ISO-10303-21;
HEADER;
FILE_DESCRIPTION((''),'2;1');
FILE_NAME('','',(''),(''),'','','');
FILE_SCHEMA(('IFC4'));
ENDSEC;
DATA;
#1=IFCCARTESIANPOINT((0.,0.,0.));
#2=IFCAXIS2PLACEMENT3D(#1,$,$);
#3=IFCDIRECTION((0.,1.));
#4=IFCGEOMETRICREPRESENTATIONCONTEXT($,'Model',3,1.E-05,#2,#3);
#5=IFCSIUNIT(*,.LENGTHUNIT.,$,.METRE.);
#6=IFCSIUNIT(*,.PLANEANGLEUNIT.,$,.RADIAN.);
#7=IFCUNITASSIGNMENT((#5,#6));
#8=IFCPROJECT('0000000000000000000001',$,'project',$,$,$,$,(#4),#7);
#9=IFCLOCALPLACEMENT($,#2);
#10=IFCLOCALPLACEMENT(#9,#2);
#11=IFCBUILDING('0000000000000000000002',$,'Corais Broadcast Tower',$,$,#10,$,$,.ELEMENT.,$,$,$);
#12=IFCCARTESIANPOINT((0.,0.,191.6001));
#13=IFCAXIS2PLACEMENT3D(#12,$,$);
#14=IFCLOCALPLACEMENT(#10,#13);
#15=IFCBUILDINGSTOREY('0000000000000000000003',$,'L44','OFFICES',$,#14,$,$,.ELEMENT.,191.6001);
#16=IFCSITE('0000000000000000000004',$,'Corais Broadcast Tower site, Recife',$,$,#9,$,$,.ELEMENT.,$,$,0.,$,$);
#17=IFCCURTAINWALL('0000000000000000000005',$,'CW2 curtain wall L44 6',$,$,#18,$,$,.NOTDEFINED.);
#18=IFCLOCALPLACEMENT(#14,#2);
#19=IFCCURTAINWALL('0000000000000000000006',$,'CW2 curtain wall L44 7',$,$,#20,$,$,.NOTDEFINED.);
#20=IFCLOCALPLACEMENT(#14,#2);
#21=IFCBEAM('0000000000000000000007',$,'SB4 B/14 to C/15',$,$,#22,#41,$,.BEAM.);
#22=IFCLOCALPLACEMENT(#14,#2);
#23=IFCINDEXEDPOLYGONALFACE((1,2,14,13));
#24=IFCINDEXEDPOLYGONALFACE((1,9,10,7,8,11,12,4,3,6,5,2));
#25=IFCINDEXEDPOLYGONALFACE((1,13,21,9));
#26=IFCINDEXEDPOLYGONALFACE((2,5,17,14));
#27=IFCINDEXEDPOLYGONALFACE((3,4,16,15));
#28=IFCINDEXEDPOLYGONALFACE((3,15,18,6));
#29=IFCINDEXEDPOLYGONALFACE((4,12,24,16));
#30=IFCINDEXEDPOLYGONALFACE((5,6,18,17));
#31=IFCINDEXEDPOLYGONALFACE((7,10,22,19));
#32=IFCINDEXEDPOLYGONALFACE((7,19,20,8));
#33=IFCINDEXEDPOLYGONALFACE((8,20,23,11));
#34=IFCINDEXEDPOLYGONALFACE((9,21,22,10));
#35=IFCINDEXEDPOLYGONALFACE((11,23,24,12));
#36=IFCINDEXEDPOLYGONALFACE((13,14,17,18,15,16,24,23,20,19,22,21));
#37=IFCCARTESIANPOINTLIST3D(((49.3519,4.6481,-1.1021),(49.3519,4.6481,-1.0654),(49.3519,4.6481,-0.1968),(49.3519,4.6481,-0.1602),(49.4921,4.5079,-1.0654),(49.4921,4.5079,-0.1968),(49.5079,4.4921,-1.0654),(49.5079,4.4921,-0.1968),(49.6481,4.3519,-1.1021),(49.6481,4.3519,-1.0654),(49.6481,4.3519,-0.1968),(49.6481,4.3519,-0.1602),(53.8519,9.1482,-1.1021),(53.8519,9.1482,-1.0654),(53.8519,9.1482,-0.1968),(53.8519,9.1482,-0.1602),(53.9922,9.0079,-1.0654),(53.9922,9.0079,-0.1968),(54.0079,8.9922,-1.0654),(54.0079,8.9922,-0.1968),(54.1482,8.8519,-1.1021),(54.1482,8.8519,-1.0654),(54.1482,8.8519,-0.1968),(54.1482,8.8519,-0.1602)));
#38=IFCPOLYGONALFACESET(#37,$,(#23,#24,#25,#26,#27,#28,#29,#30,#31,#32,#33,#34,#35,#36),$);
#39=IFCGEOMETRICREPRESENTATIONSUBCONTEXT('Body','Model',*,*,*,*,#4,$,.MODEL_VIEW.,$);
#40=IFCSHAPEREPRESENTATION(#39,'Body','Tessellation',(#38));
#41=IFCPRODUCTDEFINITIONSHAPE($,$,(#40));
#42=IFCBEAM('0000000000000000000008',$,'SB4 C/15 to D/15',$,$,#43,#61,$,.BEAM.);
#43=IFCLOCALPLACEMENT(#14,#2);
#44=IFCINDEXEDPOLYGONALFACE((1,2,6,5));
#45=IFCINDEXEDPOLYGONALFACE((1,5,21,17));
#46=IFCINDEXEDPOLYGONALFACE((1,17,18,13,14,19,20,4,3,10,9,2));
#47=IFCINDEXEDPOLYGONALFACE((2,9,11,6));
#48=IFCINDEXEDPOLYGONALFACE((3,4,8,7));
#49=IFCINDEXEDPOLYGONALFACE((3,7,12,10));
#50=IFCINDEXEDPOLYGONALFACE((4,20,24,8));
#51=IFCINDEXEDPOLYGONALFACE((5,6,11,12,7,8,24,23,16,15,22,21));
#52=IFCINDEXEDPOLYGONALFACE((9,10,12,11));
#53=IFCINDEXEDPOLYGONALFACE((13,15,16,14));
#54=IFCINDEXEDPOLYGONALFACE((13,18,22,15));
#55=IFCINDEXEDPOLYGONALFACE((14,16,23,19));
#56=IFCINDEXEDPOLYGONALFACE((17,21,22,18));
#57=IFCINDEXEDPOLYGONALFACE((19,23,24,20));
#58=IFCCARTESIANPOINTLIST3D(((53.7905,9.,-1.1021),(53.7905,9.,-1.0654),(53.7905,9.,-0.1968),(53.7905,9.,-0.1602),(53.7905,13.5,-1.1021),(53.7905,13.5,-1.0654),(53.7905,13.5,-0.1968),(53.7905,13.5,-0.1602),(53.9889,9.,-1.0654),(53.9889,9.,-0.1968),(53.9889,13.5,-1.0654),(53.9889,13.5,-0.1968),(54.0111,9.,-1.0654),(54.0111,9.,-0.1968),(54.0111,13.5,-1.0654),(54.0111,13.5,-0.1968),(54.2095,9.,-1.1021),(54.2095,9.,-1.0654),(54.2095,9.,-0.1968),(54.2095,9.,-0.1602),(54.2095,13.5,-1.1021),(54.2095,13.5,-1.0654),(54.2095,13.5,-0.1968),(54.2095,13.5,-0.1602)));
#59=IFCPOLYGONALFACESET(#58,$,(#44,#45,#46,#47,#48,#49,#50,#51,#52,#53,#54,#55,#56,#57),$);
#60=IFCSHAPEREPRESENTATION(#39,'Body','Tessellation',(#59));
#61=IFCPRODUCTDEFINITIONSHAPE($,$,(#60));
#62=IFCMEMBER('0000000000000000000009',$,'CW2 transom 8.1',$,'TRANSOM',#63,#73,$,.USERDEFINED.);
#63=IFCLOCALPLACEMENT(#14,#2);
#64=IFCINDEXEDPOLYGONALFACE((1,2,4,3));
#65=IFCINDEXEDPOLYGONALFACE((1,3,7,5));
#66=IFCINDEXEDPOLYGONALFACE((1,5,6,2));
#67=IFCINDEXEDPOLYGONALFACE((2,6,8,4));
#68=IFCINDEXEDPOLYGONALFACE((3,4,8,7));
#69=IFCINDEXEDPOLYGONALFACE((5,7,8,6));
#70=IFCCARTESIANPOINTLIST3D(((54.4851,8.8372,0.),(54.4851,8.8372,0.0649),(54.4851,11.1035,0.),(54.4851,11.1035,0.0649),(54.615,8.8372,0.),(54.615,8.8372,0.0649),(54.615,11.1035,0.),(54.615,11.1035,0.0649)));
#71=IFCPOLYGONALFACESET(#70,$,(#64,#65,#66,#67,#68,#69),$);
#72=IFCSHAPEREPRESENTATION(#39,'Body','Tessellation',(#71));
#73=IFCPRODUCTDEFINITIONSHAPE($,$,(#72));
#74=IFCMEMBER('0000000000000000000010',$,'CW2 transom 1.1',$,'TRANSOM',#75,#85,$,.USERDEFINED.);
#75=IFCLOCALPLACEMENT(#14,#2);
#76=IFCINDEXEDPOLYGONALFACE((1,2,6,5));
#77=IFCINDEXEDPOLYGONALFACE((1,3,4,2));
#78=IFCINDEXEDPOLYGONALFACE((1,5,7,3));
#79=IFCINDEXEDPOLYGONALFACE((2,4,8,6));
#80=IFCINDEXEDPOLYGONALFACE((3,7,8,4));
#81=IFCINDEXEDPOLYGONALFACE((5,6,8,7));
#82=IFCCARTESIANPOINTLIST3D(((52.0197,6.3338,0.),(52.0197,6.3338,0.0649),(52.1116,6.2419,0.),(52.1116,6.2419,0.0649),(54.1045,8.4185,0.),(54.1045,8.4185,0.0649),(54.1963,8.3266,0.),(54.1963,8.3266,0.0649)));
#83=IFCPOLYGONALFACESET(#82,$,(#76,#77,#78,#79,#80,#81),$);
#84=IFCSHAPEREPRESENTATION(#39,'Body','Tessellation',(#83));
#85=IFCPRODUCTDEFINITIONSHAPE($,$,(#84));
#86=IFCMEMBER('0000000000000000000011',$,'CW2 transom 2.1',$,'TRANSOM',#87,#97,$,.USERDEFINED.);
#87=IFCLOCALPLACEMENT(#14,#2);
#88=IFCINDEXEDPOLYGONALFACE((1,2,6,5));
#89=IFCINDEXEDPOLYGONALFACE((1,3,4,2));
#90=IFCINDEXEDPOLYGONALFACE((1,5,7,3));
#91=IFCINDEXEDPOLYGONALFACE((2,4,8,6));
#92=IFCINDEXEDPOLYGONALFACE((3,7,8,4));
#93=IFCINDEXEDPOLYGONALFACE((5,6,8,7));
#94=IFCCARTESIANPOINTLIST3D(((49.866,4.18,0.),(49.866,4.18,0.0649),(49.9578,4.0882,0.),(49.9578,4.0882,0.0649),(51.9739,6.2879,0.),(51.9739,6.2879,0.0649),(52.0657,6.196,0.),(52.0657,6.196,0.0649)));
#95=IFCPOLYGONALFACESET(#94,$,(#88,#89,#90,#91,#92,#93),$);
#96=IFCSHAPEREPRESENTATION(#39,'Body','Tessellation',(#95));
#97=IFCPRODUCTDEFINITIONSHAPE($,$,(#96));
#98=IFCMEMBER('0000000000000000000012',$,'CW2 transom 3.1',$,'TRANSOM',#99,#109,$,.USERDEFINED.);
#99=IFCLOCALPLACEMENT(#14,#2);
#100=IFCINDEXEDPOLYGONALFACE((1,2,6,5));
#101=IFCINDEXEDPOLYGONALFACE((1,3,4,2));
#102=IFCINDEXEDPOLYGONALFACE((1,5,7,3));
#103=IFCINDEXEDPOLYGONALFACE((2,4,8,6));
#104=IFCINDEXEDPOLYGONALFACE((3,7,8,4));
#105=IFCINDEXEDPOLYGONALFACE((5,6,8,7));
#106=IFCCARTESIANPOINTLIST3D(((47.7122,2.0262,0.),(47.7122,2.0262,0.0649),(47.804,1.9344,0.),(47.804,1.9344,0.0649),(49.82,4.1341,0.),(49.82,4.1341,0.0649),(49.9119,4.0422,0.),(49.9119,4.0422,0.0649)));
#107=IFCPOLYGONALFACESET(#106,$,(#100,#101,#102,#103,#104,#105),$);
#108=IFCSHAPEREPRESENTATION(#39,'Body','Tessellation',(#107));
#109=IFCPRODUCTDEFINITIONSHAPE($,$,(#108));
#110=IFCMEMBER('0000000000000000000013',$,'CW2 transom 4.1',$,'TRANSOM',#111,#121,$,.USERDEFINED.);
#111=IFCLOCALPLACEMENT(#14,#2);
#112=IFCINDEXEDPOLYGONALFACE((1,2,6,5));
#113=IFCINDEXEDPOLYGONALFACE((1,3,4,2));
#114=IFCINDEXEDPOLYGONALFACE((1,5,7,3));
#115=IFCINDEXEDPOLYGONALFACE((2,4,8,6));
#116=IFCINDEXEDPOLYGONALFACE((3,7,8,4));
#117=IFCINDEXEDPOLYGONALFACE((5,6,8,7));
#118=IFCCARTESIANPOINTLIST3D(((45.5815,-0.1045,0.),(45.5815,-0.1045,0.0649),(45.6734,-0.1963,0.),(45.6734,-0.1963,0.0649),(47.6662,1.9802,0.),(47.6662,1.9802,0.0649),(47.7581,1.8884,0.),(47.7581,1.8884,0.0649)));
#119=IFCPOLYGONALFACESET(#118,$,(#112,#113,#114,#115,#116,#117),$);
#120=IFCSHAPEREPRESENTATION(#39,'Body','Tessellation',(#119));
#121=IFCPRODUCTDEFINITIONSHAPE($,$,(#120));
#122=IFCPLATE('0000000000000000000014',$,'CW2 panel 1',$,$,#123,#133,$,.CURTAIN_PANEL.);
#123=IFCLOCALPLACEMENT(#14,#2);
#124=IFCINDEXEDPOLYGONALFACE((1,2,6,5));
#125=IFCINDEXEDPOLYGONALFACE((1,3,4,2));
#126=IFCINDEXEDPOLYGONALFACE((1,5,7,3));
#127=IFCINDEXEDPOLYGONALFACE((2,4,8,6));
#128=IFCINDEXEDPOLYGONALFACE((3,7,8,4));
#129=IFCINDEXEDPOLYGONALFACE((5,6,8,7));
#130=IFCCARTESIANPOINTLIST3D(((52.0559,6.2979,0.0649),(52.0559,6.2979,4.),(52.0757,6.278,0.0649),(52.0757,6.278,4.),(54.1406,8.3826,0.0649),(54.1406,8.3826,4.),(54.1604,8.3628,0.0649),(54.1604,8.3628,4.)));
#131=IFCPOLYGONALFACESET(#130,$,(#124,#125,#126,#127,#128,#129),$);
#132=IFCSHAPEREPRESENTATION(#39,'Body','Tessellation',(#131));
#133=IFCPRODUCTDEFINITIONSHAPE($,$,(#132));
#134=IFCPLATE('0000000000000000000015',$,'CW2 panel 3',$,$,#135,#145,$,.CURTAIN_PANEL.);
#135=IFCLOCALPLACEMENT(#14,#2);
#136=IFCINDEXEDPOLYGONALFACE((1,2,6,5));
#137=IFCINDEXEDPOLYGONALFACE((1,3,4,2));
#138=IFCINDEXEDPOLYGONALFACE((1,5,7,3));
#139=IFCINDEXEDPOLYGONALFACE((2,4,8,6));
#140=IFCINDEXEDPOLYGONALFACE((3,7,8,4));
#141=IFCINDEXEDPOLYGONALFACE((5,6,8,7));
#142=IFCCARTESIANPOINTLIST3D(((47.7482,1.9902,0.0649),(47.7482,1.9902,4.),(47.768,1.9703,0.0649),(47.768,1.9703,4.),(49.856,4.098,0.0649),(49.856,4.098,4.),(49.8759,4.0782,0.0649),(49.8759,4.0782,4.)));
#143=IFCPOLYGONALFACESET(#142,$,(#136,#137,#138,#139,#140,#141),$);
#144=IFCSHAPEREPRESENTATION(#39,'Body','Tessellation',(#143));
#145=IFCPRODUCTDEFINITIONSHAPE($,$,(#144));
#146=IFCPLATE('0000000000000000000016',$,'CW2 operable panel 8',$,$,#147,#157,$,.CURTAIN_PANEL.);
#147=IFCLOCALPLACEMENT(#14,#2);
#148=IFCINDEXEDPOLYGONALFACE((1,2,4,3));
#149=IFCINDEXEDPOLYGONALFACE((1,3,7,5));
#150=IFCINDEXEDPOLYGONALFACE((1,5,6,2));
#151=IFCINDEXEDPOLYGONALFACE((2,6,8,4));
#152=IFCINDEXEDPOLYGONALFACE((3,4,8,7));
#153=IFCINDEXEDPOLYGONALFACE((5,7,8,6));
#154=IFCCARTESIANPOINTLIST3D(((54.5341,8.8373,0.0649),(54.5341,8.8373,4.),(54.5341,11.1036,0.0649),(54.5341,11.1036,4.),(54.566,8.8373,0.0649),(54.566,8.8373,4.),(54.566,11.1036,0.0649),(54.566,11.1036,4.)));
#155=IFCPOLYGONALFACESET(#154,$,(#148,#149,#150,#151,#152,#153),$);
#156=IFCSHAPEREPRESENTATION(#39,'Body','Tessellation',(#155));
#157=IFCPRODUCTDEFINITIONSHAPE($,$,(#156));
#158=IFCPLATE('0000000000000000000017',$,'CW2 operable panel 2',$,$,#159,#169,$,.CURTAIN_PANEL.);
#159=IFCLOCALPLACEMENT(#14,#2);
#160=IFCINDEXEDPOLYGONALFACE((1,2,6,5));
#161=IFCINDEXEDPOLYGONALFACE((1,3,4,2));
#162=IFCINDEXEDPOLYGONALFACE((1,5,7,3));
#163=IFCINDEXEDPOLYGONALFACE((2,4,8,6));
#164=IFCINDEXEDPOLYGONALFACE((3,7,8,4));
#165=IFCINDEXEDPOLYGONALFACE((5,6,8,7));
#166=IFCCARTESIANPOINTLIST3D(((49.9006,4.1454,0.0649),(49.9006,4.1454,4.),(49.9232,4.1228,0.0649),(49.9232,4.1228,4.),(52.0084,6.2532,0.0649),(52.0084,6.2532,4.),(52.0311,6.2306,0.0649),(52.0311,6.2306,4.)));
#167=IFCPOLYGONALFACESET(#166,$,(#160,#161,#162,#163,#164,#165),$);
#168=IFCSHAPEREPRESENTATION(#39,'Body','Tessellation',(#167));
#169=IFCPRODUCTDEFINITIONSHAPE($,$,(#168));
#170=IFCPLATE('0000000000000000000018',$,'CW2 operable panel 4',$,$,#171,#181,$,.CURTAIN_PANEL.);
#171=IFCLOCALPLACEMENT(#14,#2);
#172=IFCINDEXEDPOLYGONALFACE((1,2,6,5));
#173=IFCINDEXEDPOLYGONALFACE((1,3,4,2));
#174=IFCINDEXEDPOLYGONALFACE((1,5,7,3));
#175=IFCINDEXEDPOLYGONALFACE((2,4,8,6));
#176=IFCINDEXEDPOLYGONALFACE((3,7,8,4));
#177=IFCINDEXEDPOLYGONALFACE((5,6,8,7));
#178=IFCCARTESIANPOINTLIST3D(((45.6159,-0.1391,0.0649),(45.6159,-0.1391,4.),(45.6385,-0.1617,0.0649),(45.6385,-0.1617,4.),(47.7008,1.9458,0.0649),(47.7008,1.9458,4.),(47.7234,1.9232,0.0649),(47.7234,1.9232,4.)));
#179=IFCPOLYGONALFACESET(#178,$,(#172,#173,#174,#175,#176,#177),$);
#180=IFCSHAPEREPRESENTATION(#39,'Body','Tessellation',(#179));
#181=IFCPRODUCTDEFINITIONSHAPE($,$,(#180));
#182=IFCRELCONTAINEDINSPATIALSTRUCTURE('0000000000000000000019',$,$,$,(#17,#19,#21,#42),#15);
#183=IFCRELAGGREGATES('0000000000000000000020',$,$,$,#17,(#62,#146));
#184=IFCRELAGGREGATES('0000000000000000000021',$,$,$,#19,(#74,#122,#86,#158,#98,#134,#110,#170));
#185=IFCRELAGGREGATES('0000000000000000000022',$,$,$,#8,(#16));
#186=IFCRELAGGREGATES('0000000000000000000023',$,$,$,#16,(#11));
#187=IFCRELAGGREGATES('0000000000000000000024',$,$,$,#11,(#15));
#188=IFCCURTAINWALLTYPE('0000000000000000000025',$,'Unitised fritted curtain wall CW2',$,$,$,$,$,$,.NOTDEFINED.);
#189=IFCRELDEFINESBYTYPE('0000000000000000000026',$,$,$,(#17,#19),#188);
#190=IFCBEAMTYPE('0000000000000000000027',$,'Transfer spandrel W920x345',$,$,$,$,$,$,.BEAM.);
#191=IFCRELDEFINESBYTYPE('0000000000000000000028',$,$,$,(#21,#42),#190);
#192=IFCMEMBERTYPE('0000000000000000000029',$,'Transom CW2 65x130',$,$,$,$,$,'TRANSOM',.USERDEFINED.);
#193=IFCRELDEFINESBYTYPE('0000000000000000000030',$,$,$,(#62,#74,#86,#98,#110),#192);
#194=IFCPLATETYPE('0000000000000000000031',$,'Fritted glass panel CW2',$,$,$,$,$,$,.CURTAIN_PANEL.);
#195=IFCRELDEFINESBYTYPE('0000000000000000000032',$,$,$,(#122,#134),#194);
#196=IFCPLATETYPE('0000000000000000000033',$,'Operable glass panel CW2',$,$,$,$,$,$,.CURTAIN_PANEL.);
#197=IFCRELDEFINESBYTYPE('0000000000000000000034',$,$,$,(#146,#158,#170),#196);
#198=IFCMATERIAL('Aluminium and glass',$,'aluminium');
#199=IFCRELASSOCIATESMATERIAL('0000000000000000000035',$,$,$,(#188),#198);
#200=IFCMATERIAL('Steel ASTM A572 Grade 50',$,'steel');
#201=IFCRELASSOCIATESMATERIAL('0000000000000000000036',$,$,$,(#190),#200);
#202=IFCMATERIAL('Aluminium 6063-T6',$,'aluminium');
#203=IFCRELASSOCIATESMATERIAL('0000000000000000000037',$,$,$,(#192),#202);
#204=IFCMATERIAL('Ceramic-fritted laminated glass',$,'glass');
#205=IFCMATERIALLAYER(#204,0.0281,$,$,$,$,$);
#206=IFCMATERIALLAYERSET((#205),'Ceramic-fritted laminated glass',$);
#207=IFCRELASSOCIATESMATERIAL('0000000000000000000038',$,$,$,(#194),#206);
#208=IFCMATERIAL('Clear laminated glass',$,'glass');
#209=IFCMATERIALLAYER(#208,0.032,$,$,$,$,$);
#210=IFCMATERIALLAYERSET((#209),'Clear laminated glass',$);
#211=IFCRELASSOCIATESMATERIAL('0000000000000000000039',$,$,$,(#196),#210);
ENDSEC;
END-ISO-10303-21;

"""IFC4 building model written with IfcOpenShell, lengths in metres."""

from ifc_helpers import new_model, si_unit, direction, frame, origin, origin_2d, place, context, subcontext, project, spatial, rectangle, i_section, extrude, material, layer, layer_set, material_profile, profile_set, type_object, element, aggregate, save


model = new_model("IFC4")

# Units and contexts
model_context = context("Model", 3, precision=1e-05, world=origin(), true_north=direction((0.0, 1.0)))
body_context = subcontext(model_context, "Body", "Model", "MODEL_VIEW")
ifc_project = project(units=[si_unit("LENGTHUNIT", "METRE"), si_unit("PLANEANGLEUNIT", "RADIAN")], contexts=[model_context])

# Site, building, storey
site_placement = place(None, origin())
site = spatial("IfcSite", under=ifc_project, at=site_placement, Name="Corais Broadcast Tower site, Recife", CompositionType="ELEMENT", RefElevation=0.0)
building_placement = place(site_placement, origin())
building = spatial("IfcBuilding", under=site, at=building_placement, Name="Corais Broadcast Tower", CompositionType="ELEMENT")
storey_placement = place(building_placement, frame((0.0, 0.0, 191.6001)))
storey = spatial("IfcBuildingStorey", under=building, at=storey_placement, Name="L44", Description="OFFICES", CompositionType="ELEMENT", Elevation=191.6001)

# Curtain wall
ifc_material_1 = material(Name="Aluminium and glass", Category="aluminium")
curtain_wall_type = type_object("IfcCurtainWallType", Name="Unitised fritted curtain wall CW2", PredefinedType="NOTDEFINED", material=ifc_material_1)
curtain_wall_1_placement = place(storey_placement, origin())
curtain_wall_1 = element("IfcCurtainWall", 1, at=curtain_wall_1_placement, inside=storey, type_object=curtain_wall_type, Name="CW2 curtain wall L44 6", PredefinedType="NOTDEFINED")

# Curtain wall
curtain_wall_2_placement = place(storey_placement, origin())
curtain_wall_2 = element("IfcCurtainWall", 2, at=curtain_wall_2_placement, inside=storey, type_object=curtain_wall_type, Name="CW2 curtain wall L44 7", PredefinedType="NOTDEFINED")

# Beams
ifc_material_2 = material(Name="Steel ASTM A572 Grade 50", Category="steel")
ifc_material_profile_1 = material_profile(ifc_material_2, i_section(OverallWidth=0.4189, OverallDepth=0.9419, WebThickness=0.0222, FlangeThickness=0.0366, at=origin_2d()), Name="W920x345")
ifc_profile_set_1 = profile_set([ifc_material_profile_1], Name="Steel ASTM A572 Grade 50")
beam_type_1 = type_object("IfcBeamType", Name="Transfer spandrel W920x345", PredefinedType="BEAM", material=ifc_profile_set_1)
beam_1_placement = place(storey_placement, frame((49.5, 4.5, -0.6311), z_axis=(0.707107, 0.707107, 0.0), x_axis=(-0.707107, 0.707107, 0.0)))
element("IfcBeam", 3, at=beam_1_placement, inside=storey, type_object=beam_type_1, Name="SB4 B/14 to C/15", PredefinedType="BEAM", context=body_context, shape_type="SweptSolid", body=[
    extrude(i_section(OverallWidth=0.4189, OverallDepth=0.9419, WebThickness=0.0222, FlangeThickness=0.0366, at=origin_2d()), origin(), (0.0, 0.0, 1.0), 6.364),
])
beam_2_placement = place(storey_placement, frame((54.0, 9.0, -0.6311), z_axis=(0.0, 1.0, 0.0), x_axis=(-1.0, 0.0, 0.0)))
element("IfcBeam", 4, at=beam_2_placement, inside=storey, type_object=beam_type_1, Name="SB4 C/15 to D/15", PredefinedType="BEAM", context=body_context, shape_type="SweptSolid", body=[
    extrude(i_section(OverallWidth=0.4189, OverallDepth=0.9419, WebThickness=0.0222, FlangeThickness=0.0366, at=origin_2d()), origin(), (0.0, 0.0, 1.0), 4.5),
])

# Members
ifc_material_3 = material(Name="Aluminium 6063-T6", Category="aluminium")
ifc_material_profile_2 = material_profile(ifc_material_3, rectangle(XDim=0.1299, YDim=0.0649, at=origin_2d()), Name="Transom CW2 65x130")
ifc_profile_set_2 = profile_set([ifc_material_profile_2], Name="Aluminium 6063-T6")
member_type_1 = type_object("IfcMemberType", Name="Transom CW2 65x130", ElementType="TRANSOM", PredefinedType="USERDEFINED", material=ifc_profile_set_2)
member_1_placement = place(storey_placement, frame((54.55, 11.1035, 0.0325), z_axis=(0.0, -1.0, 0.0), x_axis=(1.0, 0.0, 0.0)))
member_1 = element("IfcMember", 5, at=member_1_placement, type_object=member_type_1, Name="CW2 transom 8.1", ObjectType="TRANSOM", PredefinedType="USERDEFINED", context=body_context, shape_type="SweptSolid", body=[
    extrude(rectangle(XDim=0.1299, YDim=0.0649, at=origin_2d()), origin(), (0.0, 0.0, 1.0), 2.2664),
])
member_2_placement = place(storey_placement, frame((54.1504, 8.3726, 0.0325), z_axis=(-0.707107, -0.707107, 0.0), x_axis=(0.707107, -0.707107, 0.0)))
member_2 = element("IfcMember", 6, at=member_2_placement, type_object=member_type_1, Name="CW2 transom 1.1", ObjectType="TRANSOM", PredefinedType="USERDEFINED", context=body_context, shape_type="SweptSolid", body=[
    extrude(rectangle(XDim=0.1299, YDim=0.0649, at=origin_2d()), origin(), (0.0, 0.0, 1.0), 2.9482),
])
member_3_placement = place(storey_placement, frame((52.0198, 6.2419, 0.0325), z_axis=(-0.707107, -0.707107, 0.0), x_axis=(0.707107, -0.707107, 0.0)))
member_3 = element("IfcMember", 7, at=member_3_placement, type_object=member_type_1, Name="CW2 transom 2.1", ObjectType="TRANSOM", PredefinedType="USERDEFINED", context=body_context, shape_type="SweptSolid", body=[
    extrude(rectangle(XDim=0.1299, YDim=0.0649, at=origin_2d()), origin(), (0.0, 0.0, 1.0), 2.981),
])
member_4_placement = place(storey_placement, frame((49.866, 4.0881, 0.0325), z_axis=(-0.707107, -0.707107, 0.0), x_axis=(0.707107, -0.707107, 0.0)))
member_4 = element("IfcMember", 8, at=member_4_placement, type_object=member_type_1, Name="CW2 transom 3.1", ObjectType="TRANSOM", PredefinedType="USERDEFINED", context=body_context, shape_type="SweptSolid", body=[
    extrude(rectangle(XDim=0.1299, YDim=0.0649, at=origin_2d()), origin(), (0.0, 0.0, 1.0), 2.981),
])
member_5_placement = place(storey_placement, frame((47.7122, 1.9343, 0.0325), z_axis=(-0.707107, -0.707107, 0.0), x_axis=(0.707107, -0.707107, 0.0)))
member_5 = element("IfcMember", 9, at=member_5_placement, type_object=member_type_1, Name="CW2 transom 4.1", ObjectType="TRANSOM", PredefinedType="USERDEFINED", context=body_context, shape_type="SweptSolid", body=[
    extrude(rectangle(XDim=0.1299, YDim=0.0649, at=origin_2d()), origin(), (0.0, 0.0, 1.0), 2.9482),
])

# Plates
ifc_material_4 = material(Name="Ceramic-fritted laminated glass", Category="glass")
ifc_layer_1 = layer(ifc_material_4, 0.0281)
ifc_layer_set_1 = layer_set([ifc_layer_1], Name="Ceramic-fritted laminated glass")
plate_type_1 = type_object("IfcPlateType", Name="Fritted glass panel CW2", PredefinedType="CURTAIN_PANEL", material=ifc_layer_set_1)
plate_1_placement = place(storey_placement, frame((53.1082, 7.3303, 0.0649), z_axis=(0.0, 0.0, 1.0), x_axis=(-0.707107, -0.707107, 0.0)))
plate_1 = element("IfcPlate", 10, at=plate_1_placement, type_object=plate_type_1, Name="CW2 panel 1", PredefinedType="CURTAIN_PANEL", context=body_context, shape_type="SweptSolid", body=[
    extrude(rectangle(XDim=2.9482, YDim=0.0281, at=origin_2d()), origin(), (0.0, 0.0, 1.0), 3.9351),
])
plate_2_placement = place(storey_placement, frame((48.812, 3.0342, 0.0649), z_axis=(0.0, 0.0, 1.0), x_axis=(-0.707107, -0.707107, 0.0)))
plate_2 = element("IfcPlate", 11, at=plate_2_placement, type_object=plate_type_1, Name="CW2 panel 3", PredefinedType="CURTAIN_PANEL", context=body_context, shape_type="SweptSolid", body=[
    extrude(rectangle(XDim=2.981, YDim=0.0281, at=origin_2d()), origin(), (0.0, 0.0, 1.0), 3.9351),
])
ifc_material_5 = material(Name="Clear laminated glass", Category="glass")
ifc_layer_2 = layer(ifc_material_5, 0.032)
ifc_layer_set_2 = layer_set([ifc_layer_2], Name="Clear laminated glass")
plate_type_2 = type_object("IfcPlateType", Name="Operable glass panel CW2", PredefinedType="CURTAIN_PANEL", material=ifc_layer_set_2)
plate_3_placement = place(storey_placement, frame((54.55, 9.9705, 0.0649), z_axis=(0.0, 0.0, 1.0), x_axis=(0.0, -1.0, 0.0)))
plate_3 = element("IfcPlate", 12, at=plate_3_placement, type_object=plate_type_2, Name="CW2 operable panel 8", PredefinedType="CURTAIN_PANEL", context=body_context, shape_type="SweptSolid", body=[
    extrude(rectangle(XDim=2.2664, YDim=0.032, at=origin_2d()), origin(), (0.0, 0.0, 1.0), 3.9351),
])
aggregate(curtain_wall_1, [member_1, plate_3])
plate_4_placement = place(storey_placement, frame((50.9658, 5.188, 0.0649), z_axis=(0.0, 0.0, 1.0), x_axis=(-0.707107, -0.707107, 0.0)))
plate_4 = element("IfcPlate", 13, at=plate_4_placement, type_object=plate_type_2, Name="CW2 operable panel 2", PredefinedType="CURTAIN_PANEL", context=body_context, shape_type="SweptSolid", body=[
    extrude(rectangle(XDim=2.981, YDim=0.032, at=origin_2d()), origin(), (0.0, 0.0, 1.0), 3.9351),
])
plate_5_placement = place(storey_placement, frame((46.6697, 0.8921, 0.0649), z_axis=(0.0, 0.0, 1.0), x_axis=(-0.707107, -0.707107, 0.0)))
plate_5 = element("IfcPlate", 14, at=plate_5_placement, type_object=plate_type_2, Name="CW2 operable panel 4", PredefinedType="CURTAIN_PANEL", context=body_context, shape_type="SweptSolid", body=[
    extrude(rectangle(XDim=2.9485, YDim=0.032, at=origin_2d()), origin(), (0.0, 0.0, 1.0), 3.9351),
])
aggregate(curtain_wall_2, [member_2, plate_1, member_3, plate_4, member_4, plate_2, member_5, plate_5])

save(model, "model.ifc")
